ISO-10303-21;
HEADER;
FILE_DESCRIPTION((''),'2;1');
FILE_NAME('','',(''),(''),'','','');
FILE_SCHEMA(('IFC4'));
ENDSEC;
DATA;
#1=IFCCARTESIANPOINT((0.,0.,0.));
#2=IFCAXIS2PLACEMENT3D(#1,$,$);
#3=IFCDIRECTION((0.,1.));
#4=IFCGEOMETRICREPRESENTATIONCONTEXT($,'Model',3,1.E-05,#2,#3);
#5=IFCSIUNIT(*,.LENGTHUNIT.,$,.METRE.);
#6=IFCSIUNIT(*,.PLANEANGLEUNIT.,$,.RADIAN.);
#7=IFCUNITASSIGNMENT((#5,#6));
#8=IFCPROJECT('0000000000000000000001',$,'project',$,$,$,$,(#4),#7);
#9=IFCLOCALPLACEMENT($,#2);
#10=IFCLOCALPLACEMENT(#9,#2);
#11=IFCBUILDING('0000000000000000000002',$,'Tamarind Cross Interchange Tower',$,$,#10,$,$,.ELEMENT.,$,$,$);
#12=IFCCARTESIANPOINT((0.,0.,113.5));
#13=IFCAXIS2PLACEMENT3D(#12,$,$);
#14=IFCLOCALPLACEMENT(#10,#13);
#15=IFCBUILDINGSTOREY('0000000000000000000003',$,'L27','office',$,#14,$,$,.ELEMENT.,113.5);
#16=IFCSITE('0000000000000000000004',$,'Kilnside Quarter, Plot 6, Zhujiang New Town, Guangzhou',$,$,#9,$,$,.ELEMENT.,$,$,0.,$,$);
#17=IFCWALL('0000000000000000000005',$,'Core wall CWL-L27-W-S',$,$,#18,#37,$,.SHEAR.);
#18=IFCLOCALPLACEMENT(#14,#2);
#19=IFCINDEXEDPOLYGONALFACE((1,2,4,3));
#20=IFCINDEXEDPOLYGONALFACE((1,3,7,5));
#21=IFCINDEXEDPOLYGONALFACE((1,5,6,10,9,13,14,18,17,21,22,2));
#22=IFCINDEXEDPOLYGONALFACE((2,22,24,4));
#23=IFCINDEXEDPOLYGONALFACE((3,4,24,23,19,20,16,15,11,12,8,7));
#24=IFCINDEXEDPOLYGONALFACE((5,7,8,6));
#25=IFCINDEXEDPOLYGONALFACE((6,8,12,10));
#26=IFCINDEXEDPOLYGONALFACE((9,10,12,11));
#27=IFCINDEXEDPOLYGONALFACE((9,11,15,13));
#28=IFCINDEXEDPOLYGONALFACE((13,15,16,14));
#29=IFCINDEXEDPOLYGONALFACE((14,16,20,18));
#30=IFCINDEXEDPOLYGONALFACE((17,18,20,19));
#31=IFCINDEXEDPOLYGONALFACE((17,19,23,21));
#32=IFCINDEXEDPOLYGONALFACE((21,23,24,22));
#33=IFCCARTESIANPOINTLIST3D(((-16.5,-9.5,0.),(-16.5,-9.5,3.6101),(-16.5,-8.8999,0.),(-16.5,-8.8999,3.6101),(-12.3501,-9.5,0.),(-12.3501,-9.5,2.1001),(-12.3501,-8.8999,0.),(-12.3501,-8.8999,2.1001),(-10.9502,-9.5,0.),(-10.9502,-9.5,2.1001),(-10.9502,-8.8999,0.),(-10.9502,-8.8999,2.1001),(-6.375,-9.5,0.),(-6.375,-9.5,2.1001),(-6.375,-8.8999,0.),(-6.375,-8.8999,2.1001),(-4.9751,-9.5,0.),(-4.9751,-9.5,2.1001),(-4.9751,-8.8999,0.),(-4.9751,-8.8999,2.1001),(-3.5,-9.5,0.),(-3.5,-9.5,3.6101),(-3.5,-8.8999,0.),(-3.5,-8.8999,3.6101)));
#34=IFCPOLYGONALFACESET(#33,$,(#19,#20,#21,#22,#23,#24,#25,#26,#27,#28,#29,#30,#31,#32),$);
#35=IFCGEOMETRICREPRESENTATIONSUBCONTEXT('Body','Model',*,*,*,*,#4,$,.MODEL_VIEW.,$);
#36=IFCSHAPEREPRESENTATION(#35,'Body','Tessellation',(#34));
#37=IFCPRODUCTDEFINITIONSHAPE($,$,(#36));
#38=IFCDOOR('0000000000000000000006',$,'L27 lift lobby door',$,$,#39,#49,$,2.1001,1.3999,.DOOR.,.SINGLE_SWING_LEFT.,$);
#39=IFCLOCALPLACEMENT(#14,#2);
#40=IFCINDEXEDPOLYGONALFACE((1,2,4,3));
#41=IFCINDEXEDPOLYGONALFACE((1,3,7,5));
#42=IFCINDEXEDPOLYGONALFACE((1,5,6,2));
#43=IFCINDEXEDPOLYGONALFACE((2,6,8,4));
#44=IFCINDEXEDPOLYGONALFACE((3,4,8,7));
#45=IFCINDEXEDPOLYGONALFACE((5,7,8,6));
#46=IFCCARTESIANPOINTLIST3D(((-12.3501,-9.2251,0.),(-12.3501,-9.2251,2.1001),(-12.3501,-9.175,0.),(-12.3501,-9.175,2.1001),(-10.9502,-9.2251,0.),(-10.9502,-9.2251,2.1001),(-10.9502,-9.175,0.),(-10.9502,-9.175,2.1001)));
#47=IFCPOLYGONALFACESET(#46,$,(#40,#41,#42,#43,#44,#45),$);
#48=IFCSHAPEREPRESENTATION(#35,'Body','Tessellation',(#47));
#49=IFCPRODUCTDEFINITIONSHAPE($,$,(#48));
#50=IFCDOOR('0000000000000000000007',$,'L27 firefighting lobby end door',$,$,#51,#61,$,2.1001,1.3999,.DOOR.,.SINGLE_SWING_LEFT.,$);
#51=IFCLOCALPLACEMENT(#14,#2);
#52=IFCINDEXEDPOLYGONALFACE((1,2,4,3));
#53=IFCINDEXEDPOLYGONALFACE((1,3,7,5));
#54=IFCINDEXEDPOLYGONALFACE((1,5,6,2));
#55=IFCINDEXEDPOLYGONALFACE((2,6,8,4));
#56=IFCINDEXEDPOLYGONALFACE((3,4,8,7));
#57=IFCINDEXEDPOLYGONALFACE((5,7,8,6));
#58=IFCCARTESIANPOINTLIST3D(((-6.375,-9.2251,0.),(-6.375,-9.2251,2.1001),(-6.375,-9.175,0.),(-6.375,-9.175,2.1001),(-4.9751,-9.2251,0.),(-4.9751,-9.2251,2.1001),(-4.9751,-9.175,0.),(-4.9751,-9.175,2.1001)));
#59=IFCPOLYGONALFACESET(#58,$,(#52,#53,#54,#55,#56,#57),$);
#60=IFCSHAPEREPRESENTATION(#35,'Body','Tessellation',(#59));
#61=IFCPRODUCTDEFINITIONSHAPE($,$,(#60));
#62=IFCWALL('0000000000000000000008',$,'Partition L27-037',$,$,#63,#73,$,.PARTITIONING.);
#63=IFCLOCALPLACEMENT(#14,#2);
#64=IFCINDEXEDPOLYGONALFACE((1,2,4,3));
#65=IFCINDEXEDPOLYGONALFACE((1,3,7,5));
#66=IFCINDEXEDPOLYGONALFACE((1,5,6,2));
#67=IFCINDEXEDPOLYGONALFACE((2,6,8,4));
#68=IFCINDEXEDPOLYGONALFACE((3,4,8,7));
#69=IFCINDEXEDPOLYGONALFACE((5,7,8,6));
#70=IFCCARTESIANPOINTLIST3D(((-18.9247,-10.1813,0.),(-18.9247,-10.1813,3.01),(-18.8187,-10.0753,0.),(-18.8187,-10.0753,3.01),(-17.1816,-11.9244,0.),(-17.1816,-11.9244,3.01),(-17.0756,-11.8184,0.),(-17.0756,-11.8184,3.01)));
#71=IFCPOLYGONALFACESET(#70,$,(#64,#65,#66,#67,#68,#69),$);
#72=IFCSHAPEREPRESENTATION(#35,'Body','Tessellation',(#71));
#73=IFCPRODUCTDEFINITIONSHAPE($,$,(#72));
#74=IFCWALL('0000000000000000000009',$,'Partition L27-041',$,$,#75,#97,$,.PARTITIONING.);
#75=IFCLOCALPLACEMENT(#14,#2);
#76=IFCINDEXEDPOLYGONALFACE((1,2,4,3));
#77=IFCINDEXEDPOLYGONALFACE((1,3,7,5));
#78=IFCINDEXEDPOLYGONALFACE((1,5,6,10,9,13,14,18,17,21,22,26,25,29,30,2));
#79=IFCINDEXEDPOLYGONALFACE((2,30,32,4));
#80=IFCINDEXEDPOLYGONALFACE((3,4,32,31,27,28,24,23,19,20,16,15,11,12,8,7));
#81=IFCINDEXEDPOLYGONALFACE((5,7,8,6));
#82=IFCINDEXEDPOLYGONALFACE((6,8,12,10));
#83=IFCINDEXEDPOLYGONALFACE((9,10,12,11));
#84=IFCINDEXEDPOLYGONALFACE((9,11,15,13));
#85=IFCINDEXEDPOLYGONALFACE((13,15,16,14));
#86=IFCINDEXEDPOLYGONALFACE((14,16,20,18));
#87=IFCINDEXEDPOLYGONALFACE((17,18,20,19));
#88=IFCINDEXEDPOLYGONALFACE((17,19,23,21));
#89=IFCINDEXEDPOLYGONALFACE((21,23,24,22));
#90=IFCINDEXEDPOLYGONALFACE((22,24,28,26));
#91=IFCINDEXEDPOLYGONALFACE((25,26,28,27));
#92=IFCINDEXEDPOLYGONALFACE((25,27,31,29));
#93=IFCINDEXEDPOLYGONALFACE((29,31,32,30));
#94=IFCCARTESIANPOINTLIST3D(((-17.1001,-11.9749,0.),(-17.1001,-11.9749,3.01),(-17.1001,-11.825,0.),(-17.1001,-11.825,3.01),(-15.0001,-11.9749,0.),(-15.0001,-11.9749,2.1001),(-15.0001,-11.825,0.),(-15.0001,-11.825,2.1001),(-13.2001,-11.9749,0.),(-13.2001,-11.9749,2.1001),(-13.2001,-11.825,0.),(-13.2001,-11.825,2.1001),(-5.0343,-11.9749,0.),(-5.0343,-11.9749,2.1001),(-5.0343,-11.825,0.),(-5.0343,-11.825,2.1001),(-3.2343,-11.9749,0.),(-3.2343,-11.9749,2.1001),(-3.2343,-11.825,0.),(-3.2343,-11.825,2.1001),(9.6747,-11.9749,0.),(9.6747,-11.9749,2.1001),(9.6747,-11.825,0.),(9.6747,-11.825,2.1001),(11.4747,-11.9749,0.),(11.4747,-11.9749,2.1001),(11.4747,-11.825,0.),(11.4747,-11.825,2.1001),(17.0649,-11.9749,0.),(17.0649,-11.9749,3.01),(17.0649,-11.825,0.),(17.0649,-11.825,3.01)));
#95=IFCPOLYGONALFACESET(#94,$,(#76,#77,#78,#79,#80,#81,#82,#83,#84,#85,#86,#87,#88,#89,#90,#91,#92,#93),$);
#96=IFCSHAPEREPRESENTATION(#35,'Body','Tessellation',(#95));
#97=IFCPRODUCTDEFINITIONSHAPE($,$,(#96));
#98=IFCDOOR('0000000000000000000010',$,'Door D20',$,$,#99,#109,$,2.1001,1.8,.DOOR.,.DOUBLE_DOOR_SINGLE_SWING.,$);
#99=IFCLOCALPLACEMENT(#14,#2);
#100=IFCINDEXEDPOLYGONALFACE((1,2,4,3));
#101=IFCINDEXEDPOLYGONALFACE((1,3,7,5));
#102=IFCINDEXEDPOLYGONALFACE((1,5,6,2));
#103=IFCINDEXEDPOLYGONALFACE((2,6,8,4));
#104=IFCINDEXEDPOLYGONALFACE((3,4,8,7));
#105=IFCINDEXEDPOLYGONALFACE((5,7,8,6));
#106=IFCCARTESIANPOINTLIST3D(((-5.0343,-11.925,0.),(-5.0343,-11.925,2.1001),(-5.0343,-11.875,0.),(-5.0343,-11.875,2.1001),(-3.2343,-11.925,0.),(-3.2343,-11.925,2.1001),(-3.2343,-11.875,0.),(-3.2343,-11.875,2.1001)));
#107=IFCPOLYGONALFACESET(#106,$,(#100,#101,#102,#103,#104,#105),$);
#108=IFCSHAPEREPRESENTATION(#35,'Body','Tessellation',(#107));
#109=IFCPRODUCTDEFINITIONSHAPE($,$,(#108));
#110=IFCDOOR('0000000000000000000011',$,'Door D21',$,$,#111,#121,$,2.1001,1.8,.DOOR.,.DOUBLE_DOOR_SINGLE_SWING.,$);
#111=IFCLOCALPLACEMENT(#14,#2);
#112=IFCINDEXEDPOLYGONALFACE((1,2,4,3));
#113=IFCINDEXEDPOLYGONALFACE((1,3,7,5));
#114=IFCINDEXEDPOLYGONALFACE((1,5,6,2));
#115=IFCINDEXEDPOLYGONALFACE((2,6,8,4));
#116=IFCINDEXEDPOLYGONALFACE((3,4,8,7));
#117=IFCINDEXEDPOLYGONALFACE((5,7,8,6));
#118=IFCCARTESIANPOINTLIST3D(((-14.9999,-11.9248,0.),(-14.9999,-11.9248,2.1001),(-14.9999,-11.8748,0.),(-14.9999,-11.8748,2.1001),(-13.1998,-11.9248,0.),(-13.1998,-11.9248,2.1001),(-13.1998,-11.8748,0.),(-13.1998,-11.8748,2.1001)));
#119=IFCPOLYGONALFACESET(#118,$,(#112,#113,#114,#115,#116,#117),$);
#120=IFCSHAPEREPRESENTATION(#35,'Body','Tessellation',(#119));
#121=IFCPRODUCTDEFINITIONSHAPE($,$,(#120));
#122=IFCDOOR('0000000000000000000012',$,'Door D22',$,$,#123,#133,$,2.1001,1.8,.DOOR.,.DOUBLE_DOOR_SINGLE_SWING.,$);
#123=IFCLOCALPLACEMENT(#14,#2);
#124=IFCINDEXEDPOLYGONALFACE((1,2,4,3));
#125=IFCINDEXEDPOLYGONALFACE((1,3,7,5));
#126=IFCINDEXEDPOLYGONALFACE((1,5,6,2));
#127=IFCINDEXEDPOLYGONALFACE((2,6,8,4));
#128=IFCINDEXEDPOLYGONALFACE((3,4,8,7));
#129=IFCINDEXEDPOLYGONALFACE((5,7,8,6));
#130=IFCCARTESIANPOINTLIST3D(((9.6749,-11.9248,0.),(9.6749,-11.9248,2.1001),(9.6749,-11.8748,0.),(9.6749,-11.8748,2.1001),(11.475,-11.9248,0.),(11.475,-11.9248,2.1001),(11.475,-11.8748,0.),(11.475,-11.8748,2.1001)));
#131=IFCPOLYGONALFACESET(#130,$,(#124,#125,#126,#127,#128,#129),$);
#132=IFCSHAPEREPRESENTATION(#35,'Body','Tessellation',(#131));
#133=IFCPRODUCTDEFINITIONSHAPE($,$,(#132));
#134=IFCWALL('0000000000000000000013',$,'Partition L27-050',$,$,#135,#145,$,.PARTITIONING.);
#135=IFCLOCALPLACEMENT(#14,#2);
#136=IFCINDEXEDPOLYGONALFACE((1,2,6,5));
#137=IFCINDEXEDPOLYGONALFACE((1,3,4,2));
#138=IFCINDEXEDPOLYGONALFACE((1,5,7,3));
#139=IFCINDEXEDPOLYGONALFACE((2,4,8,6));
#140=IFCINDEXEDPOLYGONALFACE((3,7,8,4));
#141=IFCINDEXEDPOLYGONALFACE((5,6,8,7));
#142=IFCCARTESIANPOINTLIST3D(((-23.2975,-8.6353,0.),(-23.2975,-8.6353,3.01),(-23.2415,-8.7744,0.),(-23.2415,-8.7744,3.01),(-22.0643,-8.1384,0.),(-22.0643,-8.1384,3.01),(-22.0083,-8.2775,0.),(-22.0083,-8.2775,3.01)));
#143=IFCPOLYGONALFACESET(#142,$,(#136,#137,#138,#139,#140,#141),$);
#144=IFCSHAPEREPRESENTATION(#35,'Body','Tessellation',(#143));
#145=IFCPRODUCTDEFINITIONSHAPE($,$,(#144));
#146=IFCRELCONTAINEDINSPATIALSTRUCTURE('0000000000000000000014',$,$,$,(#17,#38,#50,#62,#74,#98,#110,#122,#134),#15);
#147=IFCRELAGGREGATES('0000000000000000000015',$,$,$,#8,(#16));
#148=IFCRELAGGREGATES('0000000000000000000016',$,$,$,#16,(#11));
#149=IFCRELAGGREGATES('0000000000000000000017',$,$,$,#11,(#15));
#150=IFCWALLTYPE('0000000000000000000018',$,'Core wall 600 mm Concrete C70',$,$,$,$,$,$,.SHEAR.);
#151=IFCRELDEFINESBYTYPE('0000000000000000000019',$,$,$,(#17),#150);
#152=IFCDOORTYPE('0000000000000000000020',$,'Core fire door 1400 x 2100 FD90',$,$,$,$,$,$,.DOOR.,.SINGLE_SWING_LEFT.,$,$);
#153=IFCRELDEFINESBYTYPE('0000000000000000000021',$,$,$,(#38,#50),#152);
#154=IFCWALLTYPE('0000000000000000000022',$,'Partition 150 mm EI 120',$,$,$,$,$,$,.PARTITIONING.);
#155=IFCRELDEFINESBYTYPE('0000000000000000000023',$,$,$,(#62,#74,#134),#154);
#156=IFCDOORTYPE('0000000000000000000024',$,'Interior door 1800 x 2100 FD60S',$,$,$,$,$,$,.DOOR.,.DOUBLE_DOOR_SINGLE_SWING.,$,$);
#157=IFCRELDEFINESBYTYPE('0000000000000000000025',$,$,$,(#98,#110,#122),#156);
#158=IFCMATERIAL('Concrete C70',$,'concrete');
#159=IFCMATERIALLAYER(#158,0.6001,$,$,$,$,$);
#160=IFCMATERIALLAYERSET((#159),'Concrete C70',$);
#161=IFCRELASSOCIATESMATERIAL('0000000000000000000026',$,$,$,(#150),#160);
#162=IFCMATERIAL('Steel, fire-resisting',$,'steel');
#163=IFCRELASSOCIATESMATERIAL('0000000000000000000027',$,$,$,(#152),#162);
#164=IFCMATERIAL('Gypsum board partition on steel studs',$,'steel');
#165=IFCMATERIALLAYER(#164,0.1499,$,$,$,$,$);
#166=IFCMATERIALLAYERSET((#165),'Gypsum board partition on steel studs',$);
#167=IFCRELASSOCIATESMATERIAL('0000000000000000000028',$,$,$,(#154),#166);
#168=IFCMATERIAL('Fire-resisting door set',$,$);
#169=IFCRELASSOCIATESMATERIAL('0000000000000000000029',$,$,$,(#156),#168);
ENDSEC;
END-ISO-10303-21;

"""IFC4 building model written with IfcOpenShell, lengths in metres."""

from ifc_helpers import new_model, si_unit, direction, frame, frame_2d, origin, place, context, subcontext, project, spatial, rectangle, extrude, material, layer, layer_set, type_object, element, fill, save


model = new_model("IFC4")

# Units and contexts
model_context = context("Model", 3, precision=1e-05, world=origin(), true_north=direction((0.0, 1.0)))
body_context = subcontext(model_context, "Body", "Model", "MODEL_VIEW")
ifc_project = project(units=[si_unit("LENGTHUNIT", "METRE"), si_unit("PLANEANGLEUNIT", "RADIAN")], contexts=[model_context])

# Site, building, storey
site_placement = place(None, origin())
site = spatial("IfcSite", under=ifc_project, at=site_placement, Name="Kilnside Quarter, Plot 6, Zhujiang New Town, Guangzhou", CompositionType="ELEMENT", RefElevation=0.0)
building_placement = place(site_placement, origin())
building = spatial("IfcBuilding", under=site, at=building_placement, Name="Tamarind Cross Interchange Tower", CompositionType="ELEMENT")
storey_placement = place(building_placement, frame((0.0, 0.0, 113.5)))
storey = spatial("IfcBuildingStorey", under=building, at=storey_placement, Name="L27", Description="office", CompositionType="ELEMENT", Elevation=113.5)

# Wall, openings, doors
ifc_material_1 = material(Name="Concrete C70", Category="concrete")
ifc_layer_1 = layer(ifc_material_1, 0.6001)
ifc_layer_set_1 = layer_set([ifc_layer_1], Name="Concrete C70")
wall_type_1 = type_object("IfcWallType", Name="Core wall 600 mm Concrete C70", PredefinedType="SHEAR", material=ifc_layer_set_1)
wall_1_placement = place(storey_placement, frame((-16.5, -9.2, 0.0), z_axis=(0.0, 0.0, 1.0), x_axis=(1.0, 0.0, 0.0)))
wall_1 = element("IfcWall", 1, at=wall_1_placement, inside=storey, type_object=wall_type_1, Name="Core wall CWL-L27-W-S", PredefinedType="SHEAR", context=body_context, shape_type="SweptSolid", body=[
    extrude(rectangle(XDim=13.0, YDim=0.6001, at=frame_2d((6.5, 0.0))), origin(), (0.0, 0.0, 1.0), 3.6101),
])
opening_1_placement = place(wall_1_placement, frame((4.1499, 0.0, 0.0)))
opening_1 = element("IfcOpeningElement", 2, at=opening_1_placement, cuts=wall_1, PredefinedType="OPENING", context=body_context, shape_type="SweptSolid", body=[
    extrude(rectangle(XDim=1.3999, YDim=2.1001, at=frame_2d((0.7, 1.05))), frame((0.0, 0.3101, 0.0), z_axis=(0.0, -1.0, 0.0), x_axis=(1.0, 0.0, 0.0)), (0.0, 0.0, 1.0), 0.6201),
])
opening_2_placement = place(wall_1_placement, frame((10.125, 0.0, 0.0)))
opening_2 = element("IfcOpeningElement", 3, at=opening_2_placement, cuts=wall_1, PredefinedType="OPENING", context=body_context, shape_type="SweptSolid", body=[
    extrude(rectangle(XDim=1.3999, YDim=2.1001, at=frame_2d((0.7, 1.05))), frame((0.0, 0.3101, 0.0), z_axis=(0.0, -1.0, 0.0), x_axis=(1.0, 0.0, 0.0)), (0.0, 0.0, 1.0), 0.6201),
])
ifc_material_2 = material(Name="Steel, fire-resisting", Category="steel")
door_type_1 = type_object("IfcDoorType", Name="Core fire door 1400 x 2100 FD90", OperationType="SINGLE_SWING_LEFT", PredefinedType="DOOR", material=ifc_material_2)
door_1_placement = place(opening_1_placement, origin())
door_1 = element("IfcDoor", 4, at=door_1_placement, inside=storey, type_object=door_type_1, Name="L27 lift lobby door", OperationType="SINGLE_SWING_LEFT", OverallHeight=2.1001, OverallWidth=1.3999, PredefinedType="DOOR", context=body_context, shape_type="SweptSolid", body=[
    extrude(rectangle(XDim=1.3999, YDim=2.1001, at=frame_2d((0.7, 1.05))), frame((0.0, 0.0249, 0.0), z_axis=(0.0, -1.0, 0.0), x_axis=(1.0, 0.0, 0.0)), (0.0, 0.0, 1.0), 0.05),
])
fill(opening_1, door_1)
door_2_placement = place(opening_2_placement, origin())
door_2 = element("IfcDoor", 5, at=door_2_placement, inside=storey, type_object=door_type_1, Name="L27 firefighting lobby end door", OperationType="SINGLE_SWING_LEFT", OverallHeight=2.1001, OverallWidth=1.3999, PredefinedType="DOOR", context=body_context, shape_type="SweptSolid", body=[
    extrude(rectangle(XDim=1.3999, YDim=2.1001, at=frame_2d((0.7, 1.05))), frame((0.0, 0.0249, 0.0), z_axis=(0.0, -1.0, 0.0), x_axis=(1.0, 0.0, 0.0)), (0.0, 0.0, 1.0), 0.05),
])
fill(opening_2, door_2)

# Wall
ifc_material_3 = material(Name="Gypsum board partition on steel studs", Category="steel")
ifc_layer_2 = layer(ifc_material_3, 0.1499)
ifc_layer_set_2 = layer_set([ifc_layer_2], Name="Gypsum board partition on steel studs")
wall_type_2 = type_object("IfcWallType", Name="Partition 150 mm EI 120", PredefinedType="PARTITIONING", material=ifc_layer_set_2)
wall_2_placement = place(storey_placement, frame((-18.8716, -10.1284, 0.0), z_axis=(0.0, 0.0, 1.0), x_axis=(0.707107, -0.707107, 0.0)))
element("IfcWall", 6, at=wall_2_placement, inside=storey, type_object=wall_type_2, Name="Partition L27-037", PredefinedType="PARTITIONING", context=body_context, shape_type="SweptSolid", body=[
    extrude(rectangle(XDim=2.4651, YDim=0.1499, at=frame_2d((1.2324, 0.0))), origin(), (0.0, 0.0, 1.0), 3.01),
])

# Wall, openings, doors
wall_3_placement = place(storey_placement, frame((-17.1001, -11.8999, 0.0), z_axis=(0.0, 0.0, 1.0), x_axis=(1.0, 0.0, 0.0)))
wall_3 = element("IfcWall", 7, at=wall_3_placement, inside=storey, type_object=wall_type_2, Name="Partition L27-041", PredefinedType="PARTITIONING", context=body_context, shape_type="SweptSolid", body=[
    extrude(rectangle(XDim=34.165, YDim=0.1499, at=frame_2d((17.0825, 0.0))), origin(), (0.0, 0.0, 1.0), 3.01),
])
opening_3_placement = place(wall_3_placement, frame((12.0659, 0.0, 0.0)))
opening_3 = element("IfcOpeningElement", 8, at=opening_3_placement, cuts=wall_3, PredefinedType="OPENING", context=body_context, shape_type="SweptSolid", body=[
    extrude(rectangle(XDim=1.8, YDim=2.1001, at=frame_2d((0.8999, 1.05))), frame((0.0, 0.085, 0.0), z_axis=(0.0, -1.0, 0.0), x_axis=(1.0, 0.0, 0.0)), (0.0, 0.0, 1.0), 0.1699),
])
opening_4_placement = place(wall_3_placement, frame((2.1001, 0.0, 0.0)))
opening_4 = element("IfcOpeningElement", 9, at=opening_4_placement, cuts=wall_3, PredefinedType="OPENING", context=body_context, shape_type="SweptSolid", body=[
    extrude(rectangle(XDim=1.8, YDim=2.1001, at=frame_2d((0.8999, 1.05))), frame((0.0, 0.085, 0.0), z_axis=(0.0, -1.0, 0.0), x_axis=(1.0, 0.0, 0.0)), (0.0, 0.0, 1.0), 0.1699),
])
opening_5_placement = place(wall_3_placement, frame((26.7749, 0.0, 0.0)))
opening_5 = element("IfcOpeningElement", 10, at=opening_5_placement, cuts=wall_3, PredefinedType="OPENING", context=body_context, shape_type="SweptSolid", body=[
    extrude(rectangle(XDim=1.8, YDim=2.1001, at=frame_2d((0.8999, 1.05))), frame((0.0, 0.085, 0.0), z_axis=(0.0, -1.0, 0.0), x_axis=(1.0, 0.0, 0.0)), (0.0, 0.0, 1.0), 0.1699),
])
ifc_material_4 = material(Name="Fire-resisting door set")
door_type_2 = type_object("IfcDoorType", Name="Interior door 1800 x 2100 FD60S", OperationType="DOUBLE_DOOR_SINGLE_SWING", PredefinedType="DOOR", material=ifc_material_4)
door_3_placement = place(opening_3_placement, origin())
door_3 = element("IfcDoor", 11, at=door_3_placement, inside=storey, type_object=door_type_2, Name="Door D20", OperationType="DOUBLE_DOOR_SINGLE_SWING", OverallHeight=2.1001, OverallWidth=1.8, PredefinedType="DOOR", context=body_context, shape_type="SweptSolid", body=[
    extrude(rectangle(XDim=1.8, YDim=2.1001, at=frame_2d((0.8999, 1.05))), frame((0.0, 0.0249, 0.0), z_axis=(0.0, -1.0, 0.0), x_axis=(1.0, 0.0, 0.0)), (0.0, 0.0, 1.0), 0.05),
])
fill(opening_3, door_3)
door_4_placement = place(opening_4_placement, frame((1.8, 0.0, 0.0), z_axis=(0.0, 0.0, 1.0), x_axis=(-1.0, 0.0, 0.0)))
door_4 = element("IfcDoor", 12, at=door_4_placement, inside=storey, type_object=door_type_2, Name="Door D21", OperationType="DOUBLE_DOOR_SINGLE_SWING", OverallHeight=2.1001, OverallWidth=1.8, PredefinedType="DOOR", context=body_context, shape_type="SweptSolid", body=[
    extrude(rectangle(XDim=1.8, YDim=2.1001, at=frame_2d((0.8999, 1.05))), frame((0.0, 0.0249, 0.0), z_axis=(0.0, -1.0, 0.0), x_axis=(1.0, 0.0, 0.0)), (0.0, 0.0, 1.0), 0.05),
])
fill(opening_4, door_4)
door_5_placement = place(opening_5_placement, frame((1.8, 0.0, 0.0), z_axis=(0.0, 0.0, 1.0), x_axis=(-1.0, 0.0, 0.0)))
door_5 = element("IfcDoor", 13, at=door_5_placement, inside=storey, type_object=door_type_2, Name="Door D22", OperationType="DOUBLE_DOOR_SINGLE_SWING", OverallHeight=2.1001, OverallWidth=1.8, PredefinedType="DOOR", context=body_context, shape_type="SweptSolid", body=[
    extrude(rectangle(XDim=1.8, YDim=2.1001, at=frame_2d((0.8999, 1.05))), frame((0.0, 0.0249, 0.0), z_axis=(0.0, -1.0, 0.0), x_axis=(1.0, 0.0, 0.0)), (0.0, 0.0, 1.0), 0.05),
])
fill(opening_5, door_5)

# Wall
wall_4_placement = place(storey_placement, frame((-23.2695, -8.7048, 0.0), z_axis=(0.0, 0.0, 1.0), x_axis=(0.927549, 0.373701, 0.0)))
element("IfcWall", 14, at=wall_4_placement, inside=storey, type_object=wall_type_2, Name="Partition L27-050", PredefinedType="PARTITIONING", context=body_context, shape_type="SweptSolid", body=[
    extrude(rectangle(XDim=1.3296, YDim=0.1499, at=frame_2d((0.6648, 0.0))), origin(), (0.0, 0.0, 1.0), 3.01),
])

save(model, "model.ifc")
